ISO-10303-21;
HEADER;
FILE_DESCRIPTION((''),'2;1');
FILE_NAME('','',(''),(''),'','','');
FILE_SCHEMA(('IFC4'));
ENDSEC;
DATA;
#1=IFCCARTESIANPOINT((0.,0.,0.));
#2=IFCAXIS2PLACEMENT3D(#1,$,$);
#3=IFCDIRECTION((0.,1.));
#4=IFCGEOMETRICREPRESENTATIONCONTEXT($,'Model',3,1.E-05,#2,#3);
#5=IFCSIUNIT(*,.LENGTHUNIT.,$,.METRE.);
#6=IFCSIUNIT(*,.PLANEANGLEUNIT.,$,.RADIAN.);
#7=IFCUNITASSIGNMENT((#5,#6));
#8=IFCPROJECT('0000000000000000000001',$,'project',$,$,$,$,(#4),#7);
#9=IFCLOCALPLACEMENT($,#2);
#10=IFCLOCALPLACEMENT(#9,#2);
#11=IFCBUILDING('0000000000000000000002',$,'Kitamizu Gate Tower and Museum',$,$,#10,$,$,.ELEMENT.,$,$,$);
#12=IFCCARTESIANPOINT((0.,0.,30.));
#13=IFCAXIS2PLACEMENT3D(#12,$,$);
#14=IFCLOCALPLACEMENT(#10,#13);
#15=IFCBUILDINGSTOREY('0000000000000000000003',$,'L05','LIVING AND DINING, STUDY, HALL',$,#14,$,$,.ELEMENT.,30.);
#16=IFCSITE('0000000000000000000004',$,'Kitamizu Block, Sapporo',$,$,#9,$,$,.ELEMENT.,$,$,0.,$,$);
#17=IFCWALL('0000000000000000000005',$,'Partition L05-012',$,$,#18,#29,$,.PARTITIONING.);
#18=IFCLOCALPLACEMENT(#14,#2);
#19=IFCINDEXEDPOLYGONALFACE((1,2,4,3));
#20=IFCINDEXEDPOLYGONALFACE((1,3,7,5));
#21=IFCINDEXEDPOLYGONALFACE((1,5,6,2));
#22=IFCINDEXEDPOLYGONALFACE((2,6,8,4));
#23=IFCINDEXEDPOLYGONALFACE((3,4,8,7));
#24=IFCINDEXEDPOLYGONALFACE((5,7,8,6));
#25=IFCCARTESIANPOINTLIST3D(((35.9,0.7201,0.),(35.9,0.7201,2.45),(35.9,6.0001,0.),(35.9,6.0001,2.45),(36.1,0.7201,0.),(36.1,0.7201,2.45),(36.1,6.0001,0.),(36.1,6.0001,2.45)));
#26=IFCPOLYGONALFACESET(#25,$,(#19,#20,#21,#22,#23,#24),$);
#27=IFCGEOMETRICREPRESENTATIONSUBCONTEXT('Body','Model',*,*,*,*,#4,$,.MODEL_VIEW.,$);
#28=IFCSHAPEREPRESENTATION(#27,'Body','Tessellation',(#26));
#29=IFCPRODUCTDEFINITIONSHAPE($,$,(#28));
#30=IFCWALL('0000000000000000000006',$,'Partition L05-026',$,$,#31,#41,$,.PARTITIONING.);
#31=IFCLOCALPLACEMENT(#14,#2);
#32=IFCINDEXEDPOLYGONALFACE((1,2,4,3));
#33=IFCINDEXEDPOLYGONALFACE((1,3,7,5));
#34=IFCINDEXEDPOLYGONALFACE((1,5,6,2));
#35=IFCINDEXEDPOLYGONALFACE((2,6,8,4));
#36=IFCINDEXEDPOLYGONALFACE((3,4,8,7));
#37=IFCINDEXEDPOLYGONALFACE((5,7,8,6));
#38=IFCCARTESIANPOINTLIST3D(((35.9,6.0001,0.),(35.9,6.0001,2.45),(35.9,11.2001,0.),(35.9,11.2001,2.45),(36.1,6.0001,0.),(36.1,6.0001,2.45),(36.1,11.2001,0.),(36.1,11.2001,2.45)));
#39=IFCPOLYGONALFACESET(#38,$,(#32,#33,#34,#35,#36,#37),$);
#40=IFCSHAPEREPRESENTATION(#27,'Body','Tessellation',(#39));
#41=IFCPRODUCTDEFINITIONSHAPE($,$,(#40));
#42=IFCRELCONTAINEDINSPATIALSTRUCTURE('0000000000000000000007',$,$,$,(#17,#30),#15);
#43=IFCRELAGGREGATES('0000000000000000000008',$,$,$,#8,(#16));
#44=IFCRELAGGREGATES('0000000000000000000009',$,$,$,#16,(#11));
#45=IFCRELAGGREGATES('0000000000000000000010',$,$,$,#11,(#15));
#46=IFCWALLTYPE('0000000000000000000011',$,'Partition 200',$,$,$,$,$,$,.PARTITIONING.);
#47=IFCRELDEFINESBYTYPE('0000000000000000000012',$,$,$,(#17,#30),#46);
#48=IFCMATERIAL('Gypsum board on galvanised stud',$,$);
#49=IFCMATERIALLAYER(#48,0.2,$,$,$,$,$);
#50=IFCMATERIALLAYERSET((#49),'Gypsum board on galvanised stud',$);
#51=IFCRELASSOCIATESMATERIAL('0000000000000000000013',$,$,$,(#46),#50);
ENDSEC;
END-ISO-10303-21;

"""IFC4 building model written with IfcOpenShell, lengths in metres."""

from ifc_helpers import new_model, si_unit, direction, frame, frame_2d, origin, place, context, subcontext, project, spatial, rectangle, extrude, material, layer, layer_set, type_object, element, save


model = new_model("IFC4")

# Units and contexts
model_context = context("Model", 3, precision=1e-05, world=origin(), true_north=direction((0.0, 1.0)))
body_context = subcontext(model_context, "Body", "Model", "MODEL_VIEW")
ifc_project = project(units=[si_unit("LENGTHUNIT", "METRE"), si_unit("PLANEANGLEUNIT", "RADIAN")], contexts=[model_context])

# Site, building, storey
site_placement = place(None, origin())
site = spatial("IfcSite", under=ifc_project, at=site_placement, Name="Kitamizu Block, Sapporo", CompositionType="ELEMENT", RefElevation=0.0)
building_placement = place(site_placement, origin())
building = spatial("IfcBuilding", under=site, at=building_placement, Name="Kitamizu Gate Tower and Museum", CompositionType="ELEMENT")
storey_placement = place(building_placement, frame((0.0, 0.0, 30.0)))
storey = spatial("IfcBuildingStorey", under=building, at=storey_placement, Name="L05", Description="LIVING AND DINING, STUDY, HALL", CompositionType="ELEMENT", Elevation=30.0)

# Walls
ifc_material_1 = material(Name="Gypsum board on galvanised stud")
ifc_layer_1 = layer(ifc_material_1, 0.2)
ifc_layer_set_1 = layer_set([ifc_layer_1], Name="Gypsum board on galvanised stud")
wall_type_1 = type_object("IfcWallType", Name="Partition 200", PredefinedType="PARTITIONING", material=ifc_layer_set_1)
wall_1_placement = place(storey_placement, frame((36.0, 0.72, 0.0), z_axis=(0.0, 0.0, 1.0), x_axis=(0.0, 1.0, 0.0)))
element("IfcWall", 1, at=wall_1_placement, inside=storey, type_object=wall_type_1, Name="Partition L05-012", PredefinedType="PARTITIONING", context=body_context, shape_type="SweptSolid", body=[
    extrude(rectangle(XDim=5.28, YDim=0.2, at=frame_2d((2.6401, 0.0))), origin(), (0.0, 0.0, 1.0), 2.45),
])
wall_2_placement = place(storey_placement, frame((36.0, 6.0, 0.0), z_axis=(0.0, 0.0, 1.0), x_axis=(0.0, 1.0, 0.0)))
element("IfcWall", 2, at=wall_2_placement, inside=storey, type_object=wall_type_1, Name="Partition L05-026", PredefinedType="PARTITIONING", context=body_context, shape_type="SweptSolid", body=[
    extrude(rectangle(XDim=5.2, YDim=0.2, at=frame_2d((2.6001, 0.0))), origin(), (0.0, 0.0, 1.0), 2.45),
])

save(model, "model.ifc")
